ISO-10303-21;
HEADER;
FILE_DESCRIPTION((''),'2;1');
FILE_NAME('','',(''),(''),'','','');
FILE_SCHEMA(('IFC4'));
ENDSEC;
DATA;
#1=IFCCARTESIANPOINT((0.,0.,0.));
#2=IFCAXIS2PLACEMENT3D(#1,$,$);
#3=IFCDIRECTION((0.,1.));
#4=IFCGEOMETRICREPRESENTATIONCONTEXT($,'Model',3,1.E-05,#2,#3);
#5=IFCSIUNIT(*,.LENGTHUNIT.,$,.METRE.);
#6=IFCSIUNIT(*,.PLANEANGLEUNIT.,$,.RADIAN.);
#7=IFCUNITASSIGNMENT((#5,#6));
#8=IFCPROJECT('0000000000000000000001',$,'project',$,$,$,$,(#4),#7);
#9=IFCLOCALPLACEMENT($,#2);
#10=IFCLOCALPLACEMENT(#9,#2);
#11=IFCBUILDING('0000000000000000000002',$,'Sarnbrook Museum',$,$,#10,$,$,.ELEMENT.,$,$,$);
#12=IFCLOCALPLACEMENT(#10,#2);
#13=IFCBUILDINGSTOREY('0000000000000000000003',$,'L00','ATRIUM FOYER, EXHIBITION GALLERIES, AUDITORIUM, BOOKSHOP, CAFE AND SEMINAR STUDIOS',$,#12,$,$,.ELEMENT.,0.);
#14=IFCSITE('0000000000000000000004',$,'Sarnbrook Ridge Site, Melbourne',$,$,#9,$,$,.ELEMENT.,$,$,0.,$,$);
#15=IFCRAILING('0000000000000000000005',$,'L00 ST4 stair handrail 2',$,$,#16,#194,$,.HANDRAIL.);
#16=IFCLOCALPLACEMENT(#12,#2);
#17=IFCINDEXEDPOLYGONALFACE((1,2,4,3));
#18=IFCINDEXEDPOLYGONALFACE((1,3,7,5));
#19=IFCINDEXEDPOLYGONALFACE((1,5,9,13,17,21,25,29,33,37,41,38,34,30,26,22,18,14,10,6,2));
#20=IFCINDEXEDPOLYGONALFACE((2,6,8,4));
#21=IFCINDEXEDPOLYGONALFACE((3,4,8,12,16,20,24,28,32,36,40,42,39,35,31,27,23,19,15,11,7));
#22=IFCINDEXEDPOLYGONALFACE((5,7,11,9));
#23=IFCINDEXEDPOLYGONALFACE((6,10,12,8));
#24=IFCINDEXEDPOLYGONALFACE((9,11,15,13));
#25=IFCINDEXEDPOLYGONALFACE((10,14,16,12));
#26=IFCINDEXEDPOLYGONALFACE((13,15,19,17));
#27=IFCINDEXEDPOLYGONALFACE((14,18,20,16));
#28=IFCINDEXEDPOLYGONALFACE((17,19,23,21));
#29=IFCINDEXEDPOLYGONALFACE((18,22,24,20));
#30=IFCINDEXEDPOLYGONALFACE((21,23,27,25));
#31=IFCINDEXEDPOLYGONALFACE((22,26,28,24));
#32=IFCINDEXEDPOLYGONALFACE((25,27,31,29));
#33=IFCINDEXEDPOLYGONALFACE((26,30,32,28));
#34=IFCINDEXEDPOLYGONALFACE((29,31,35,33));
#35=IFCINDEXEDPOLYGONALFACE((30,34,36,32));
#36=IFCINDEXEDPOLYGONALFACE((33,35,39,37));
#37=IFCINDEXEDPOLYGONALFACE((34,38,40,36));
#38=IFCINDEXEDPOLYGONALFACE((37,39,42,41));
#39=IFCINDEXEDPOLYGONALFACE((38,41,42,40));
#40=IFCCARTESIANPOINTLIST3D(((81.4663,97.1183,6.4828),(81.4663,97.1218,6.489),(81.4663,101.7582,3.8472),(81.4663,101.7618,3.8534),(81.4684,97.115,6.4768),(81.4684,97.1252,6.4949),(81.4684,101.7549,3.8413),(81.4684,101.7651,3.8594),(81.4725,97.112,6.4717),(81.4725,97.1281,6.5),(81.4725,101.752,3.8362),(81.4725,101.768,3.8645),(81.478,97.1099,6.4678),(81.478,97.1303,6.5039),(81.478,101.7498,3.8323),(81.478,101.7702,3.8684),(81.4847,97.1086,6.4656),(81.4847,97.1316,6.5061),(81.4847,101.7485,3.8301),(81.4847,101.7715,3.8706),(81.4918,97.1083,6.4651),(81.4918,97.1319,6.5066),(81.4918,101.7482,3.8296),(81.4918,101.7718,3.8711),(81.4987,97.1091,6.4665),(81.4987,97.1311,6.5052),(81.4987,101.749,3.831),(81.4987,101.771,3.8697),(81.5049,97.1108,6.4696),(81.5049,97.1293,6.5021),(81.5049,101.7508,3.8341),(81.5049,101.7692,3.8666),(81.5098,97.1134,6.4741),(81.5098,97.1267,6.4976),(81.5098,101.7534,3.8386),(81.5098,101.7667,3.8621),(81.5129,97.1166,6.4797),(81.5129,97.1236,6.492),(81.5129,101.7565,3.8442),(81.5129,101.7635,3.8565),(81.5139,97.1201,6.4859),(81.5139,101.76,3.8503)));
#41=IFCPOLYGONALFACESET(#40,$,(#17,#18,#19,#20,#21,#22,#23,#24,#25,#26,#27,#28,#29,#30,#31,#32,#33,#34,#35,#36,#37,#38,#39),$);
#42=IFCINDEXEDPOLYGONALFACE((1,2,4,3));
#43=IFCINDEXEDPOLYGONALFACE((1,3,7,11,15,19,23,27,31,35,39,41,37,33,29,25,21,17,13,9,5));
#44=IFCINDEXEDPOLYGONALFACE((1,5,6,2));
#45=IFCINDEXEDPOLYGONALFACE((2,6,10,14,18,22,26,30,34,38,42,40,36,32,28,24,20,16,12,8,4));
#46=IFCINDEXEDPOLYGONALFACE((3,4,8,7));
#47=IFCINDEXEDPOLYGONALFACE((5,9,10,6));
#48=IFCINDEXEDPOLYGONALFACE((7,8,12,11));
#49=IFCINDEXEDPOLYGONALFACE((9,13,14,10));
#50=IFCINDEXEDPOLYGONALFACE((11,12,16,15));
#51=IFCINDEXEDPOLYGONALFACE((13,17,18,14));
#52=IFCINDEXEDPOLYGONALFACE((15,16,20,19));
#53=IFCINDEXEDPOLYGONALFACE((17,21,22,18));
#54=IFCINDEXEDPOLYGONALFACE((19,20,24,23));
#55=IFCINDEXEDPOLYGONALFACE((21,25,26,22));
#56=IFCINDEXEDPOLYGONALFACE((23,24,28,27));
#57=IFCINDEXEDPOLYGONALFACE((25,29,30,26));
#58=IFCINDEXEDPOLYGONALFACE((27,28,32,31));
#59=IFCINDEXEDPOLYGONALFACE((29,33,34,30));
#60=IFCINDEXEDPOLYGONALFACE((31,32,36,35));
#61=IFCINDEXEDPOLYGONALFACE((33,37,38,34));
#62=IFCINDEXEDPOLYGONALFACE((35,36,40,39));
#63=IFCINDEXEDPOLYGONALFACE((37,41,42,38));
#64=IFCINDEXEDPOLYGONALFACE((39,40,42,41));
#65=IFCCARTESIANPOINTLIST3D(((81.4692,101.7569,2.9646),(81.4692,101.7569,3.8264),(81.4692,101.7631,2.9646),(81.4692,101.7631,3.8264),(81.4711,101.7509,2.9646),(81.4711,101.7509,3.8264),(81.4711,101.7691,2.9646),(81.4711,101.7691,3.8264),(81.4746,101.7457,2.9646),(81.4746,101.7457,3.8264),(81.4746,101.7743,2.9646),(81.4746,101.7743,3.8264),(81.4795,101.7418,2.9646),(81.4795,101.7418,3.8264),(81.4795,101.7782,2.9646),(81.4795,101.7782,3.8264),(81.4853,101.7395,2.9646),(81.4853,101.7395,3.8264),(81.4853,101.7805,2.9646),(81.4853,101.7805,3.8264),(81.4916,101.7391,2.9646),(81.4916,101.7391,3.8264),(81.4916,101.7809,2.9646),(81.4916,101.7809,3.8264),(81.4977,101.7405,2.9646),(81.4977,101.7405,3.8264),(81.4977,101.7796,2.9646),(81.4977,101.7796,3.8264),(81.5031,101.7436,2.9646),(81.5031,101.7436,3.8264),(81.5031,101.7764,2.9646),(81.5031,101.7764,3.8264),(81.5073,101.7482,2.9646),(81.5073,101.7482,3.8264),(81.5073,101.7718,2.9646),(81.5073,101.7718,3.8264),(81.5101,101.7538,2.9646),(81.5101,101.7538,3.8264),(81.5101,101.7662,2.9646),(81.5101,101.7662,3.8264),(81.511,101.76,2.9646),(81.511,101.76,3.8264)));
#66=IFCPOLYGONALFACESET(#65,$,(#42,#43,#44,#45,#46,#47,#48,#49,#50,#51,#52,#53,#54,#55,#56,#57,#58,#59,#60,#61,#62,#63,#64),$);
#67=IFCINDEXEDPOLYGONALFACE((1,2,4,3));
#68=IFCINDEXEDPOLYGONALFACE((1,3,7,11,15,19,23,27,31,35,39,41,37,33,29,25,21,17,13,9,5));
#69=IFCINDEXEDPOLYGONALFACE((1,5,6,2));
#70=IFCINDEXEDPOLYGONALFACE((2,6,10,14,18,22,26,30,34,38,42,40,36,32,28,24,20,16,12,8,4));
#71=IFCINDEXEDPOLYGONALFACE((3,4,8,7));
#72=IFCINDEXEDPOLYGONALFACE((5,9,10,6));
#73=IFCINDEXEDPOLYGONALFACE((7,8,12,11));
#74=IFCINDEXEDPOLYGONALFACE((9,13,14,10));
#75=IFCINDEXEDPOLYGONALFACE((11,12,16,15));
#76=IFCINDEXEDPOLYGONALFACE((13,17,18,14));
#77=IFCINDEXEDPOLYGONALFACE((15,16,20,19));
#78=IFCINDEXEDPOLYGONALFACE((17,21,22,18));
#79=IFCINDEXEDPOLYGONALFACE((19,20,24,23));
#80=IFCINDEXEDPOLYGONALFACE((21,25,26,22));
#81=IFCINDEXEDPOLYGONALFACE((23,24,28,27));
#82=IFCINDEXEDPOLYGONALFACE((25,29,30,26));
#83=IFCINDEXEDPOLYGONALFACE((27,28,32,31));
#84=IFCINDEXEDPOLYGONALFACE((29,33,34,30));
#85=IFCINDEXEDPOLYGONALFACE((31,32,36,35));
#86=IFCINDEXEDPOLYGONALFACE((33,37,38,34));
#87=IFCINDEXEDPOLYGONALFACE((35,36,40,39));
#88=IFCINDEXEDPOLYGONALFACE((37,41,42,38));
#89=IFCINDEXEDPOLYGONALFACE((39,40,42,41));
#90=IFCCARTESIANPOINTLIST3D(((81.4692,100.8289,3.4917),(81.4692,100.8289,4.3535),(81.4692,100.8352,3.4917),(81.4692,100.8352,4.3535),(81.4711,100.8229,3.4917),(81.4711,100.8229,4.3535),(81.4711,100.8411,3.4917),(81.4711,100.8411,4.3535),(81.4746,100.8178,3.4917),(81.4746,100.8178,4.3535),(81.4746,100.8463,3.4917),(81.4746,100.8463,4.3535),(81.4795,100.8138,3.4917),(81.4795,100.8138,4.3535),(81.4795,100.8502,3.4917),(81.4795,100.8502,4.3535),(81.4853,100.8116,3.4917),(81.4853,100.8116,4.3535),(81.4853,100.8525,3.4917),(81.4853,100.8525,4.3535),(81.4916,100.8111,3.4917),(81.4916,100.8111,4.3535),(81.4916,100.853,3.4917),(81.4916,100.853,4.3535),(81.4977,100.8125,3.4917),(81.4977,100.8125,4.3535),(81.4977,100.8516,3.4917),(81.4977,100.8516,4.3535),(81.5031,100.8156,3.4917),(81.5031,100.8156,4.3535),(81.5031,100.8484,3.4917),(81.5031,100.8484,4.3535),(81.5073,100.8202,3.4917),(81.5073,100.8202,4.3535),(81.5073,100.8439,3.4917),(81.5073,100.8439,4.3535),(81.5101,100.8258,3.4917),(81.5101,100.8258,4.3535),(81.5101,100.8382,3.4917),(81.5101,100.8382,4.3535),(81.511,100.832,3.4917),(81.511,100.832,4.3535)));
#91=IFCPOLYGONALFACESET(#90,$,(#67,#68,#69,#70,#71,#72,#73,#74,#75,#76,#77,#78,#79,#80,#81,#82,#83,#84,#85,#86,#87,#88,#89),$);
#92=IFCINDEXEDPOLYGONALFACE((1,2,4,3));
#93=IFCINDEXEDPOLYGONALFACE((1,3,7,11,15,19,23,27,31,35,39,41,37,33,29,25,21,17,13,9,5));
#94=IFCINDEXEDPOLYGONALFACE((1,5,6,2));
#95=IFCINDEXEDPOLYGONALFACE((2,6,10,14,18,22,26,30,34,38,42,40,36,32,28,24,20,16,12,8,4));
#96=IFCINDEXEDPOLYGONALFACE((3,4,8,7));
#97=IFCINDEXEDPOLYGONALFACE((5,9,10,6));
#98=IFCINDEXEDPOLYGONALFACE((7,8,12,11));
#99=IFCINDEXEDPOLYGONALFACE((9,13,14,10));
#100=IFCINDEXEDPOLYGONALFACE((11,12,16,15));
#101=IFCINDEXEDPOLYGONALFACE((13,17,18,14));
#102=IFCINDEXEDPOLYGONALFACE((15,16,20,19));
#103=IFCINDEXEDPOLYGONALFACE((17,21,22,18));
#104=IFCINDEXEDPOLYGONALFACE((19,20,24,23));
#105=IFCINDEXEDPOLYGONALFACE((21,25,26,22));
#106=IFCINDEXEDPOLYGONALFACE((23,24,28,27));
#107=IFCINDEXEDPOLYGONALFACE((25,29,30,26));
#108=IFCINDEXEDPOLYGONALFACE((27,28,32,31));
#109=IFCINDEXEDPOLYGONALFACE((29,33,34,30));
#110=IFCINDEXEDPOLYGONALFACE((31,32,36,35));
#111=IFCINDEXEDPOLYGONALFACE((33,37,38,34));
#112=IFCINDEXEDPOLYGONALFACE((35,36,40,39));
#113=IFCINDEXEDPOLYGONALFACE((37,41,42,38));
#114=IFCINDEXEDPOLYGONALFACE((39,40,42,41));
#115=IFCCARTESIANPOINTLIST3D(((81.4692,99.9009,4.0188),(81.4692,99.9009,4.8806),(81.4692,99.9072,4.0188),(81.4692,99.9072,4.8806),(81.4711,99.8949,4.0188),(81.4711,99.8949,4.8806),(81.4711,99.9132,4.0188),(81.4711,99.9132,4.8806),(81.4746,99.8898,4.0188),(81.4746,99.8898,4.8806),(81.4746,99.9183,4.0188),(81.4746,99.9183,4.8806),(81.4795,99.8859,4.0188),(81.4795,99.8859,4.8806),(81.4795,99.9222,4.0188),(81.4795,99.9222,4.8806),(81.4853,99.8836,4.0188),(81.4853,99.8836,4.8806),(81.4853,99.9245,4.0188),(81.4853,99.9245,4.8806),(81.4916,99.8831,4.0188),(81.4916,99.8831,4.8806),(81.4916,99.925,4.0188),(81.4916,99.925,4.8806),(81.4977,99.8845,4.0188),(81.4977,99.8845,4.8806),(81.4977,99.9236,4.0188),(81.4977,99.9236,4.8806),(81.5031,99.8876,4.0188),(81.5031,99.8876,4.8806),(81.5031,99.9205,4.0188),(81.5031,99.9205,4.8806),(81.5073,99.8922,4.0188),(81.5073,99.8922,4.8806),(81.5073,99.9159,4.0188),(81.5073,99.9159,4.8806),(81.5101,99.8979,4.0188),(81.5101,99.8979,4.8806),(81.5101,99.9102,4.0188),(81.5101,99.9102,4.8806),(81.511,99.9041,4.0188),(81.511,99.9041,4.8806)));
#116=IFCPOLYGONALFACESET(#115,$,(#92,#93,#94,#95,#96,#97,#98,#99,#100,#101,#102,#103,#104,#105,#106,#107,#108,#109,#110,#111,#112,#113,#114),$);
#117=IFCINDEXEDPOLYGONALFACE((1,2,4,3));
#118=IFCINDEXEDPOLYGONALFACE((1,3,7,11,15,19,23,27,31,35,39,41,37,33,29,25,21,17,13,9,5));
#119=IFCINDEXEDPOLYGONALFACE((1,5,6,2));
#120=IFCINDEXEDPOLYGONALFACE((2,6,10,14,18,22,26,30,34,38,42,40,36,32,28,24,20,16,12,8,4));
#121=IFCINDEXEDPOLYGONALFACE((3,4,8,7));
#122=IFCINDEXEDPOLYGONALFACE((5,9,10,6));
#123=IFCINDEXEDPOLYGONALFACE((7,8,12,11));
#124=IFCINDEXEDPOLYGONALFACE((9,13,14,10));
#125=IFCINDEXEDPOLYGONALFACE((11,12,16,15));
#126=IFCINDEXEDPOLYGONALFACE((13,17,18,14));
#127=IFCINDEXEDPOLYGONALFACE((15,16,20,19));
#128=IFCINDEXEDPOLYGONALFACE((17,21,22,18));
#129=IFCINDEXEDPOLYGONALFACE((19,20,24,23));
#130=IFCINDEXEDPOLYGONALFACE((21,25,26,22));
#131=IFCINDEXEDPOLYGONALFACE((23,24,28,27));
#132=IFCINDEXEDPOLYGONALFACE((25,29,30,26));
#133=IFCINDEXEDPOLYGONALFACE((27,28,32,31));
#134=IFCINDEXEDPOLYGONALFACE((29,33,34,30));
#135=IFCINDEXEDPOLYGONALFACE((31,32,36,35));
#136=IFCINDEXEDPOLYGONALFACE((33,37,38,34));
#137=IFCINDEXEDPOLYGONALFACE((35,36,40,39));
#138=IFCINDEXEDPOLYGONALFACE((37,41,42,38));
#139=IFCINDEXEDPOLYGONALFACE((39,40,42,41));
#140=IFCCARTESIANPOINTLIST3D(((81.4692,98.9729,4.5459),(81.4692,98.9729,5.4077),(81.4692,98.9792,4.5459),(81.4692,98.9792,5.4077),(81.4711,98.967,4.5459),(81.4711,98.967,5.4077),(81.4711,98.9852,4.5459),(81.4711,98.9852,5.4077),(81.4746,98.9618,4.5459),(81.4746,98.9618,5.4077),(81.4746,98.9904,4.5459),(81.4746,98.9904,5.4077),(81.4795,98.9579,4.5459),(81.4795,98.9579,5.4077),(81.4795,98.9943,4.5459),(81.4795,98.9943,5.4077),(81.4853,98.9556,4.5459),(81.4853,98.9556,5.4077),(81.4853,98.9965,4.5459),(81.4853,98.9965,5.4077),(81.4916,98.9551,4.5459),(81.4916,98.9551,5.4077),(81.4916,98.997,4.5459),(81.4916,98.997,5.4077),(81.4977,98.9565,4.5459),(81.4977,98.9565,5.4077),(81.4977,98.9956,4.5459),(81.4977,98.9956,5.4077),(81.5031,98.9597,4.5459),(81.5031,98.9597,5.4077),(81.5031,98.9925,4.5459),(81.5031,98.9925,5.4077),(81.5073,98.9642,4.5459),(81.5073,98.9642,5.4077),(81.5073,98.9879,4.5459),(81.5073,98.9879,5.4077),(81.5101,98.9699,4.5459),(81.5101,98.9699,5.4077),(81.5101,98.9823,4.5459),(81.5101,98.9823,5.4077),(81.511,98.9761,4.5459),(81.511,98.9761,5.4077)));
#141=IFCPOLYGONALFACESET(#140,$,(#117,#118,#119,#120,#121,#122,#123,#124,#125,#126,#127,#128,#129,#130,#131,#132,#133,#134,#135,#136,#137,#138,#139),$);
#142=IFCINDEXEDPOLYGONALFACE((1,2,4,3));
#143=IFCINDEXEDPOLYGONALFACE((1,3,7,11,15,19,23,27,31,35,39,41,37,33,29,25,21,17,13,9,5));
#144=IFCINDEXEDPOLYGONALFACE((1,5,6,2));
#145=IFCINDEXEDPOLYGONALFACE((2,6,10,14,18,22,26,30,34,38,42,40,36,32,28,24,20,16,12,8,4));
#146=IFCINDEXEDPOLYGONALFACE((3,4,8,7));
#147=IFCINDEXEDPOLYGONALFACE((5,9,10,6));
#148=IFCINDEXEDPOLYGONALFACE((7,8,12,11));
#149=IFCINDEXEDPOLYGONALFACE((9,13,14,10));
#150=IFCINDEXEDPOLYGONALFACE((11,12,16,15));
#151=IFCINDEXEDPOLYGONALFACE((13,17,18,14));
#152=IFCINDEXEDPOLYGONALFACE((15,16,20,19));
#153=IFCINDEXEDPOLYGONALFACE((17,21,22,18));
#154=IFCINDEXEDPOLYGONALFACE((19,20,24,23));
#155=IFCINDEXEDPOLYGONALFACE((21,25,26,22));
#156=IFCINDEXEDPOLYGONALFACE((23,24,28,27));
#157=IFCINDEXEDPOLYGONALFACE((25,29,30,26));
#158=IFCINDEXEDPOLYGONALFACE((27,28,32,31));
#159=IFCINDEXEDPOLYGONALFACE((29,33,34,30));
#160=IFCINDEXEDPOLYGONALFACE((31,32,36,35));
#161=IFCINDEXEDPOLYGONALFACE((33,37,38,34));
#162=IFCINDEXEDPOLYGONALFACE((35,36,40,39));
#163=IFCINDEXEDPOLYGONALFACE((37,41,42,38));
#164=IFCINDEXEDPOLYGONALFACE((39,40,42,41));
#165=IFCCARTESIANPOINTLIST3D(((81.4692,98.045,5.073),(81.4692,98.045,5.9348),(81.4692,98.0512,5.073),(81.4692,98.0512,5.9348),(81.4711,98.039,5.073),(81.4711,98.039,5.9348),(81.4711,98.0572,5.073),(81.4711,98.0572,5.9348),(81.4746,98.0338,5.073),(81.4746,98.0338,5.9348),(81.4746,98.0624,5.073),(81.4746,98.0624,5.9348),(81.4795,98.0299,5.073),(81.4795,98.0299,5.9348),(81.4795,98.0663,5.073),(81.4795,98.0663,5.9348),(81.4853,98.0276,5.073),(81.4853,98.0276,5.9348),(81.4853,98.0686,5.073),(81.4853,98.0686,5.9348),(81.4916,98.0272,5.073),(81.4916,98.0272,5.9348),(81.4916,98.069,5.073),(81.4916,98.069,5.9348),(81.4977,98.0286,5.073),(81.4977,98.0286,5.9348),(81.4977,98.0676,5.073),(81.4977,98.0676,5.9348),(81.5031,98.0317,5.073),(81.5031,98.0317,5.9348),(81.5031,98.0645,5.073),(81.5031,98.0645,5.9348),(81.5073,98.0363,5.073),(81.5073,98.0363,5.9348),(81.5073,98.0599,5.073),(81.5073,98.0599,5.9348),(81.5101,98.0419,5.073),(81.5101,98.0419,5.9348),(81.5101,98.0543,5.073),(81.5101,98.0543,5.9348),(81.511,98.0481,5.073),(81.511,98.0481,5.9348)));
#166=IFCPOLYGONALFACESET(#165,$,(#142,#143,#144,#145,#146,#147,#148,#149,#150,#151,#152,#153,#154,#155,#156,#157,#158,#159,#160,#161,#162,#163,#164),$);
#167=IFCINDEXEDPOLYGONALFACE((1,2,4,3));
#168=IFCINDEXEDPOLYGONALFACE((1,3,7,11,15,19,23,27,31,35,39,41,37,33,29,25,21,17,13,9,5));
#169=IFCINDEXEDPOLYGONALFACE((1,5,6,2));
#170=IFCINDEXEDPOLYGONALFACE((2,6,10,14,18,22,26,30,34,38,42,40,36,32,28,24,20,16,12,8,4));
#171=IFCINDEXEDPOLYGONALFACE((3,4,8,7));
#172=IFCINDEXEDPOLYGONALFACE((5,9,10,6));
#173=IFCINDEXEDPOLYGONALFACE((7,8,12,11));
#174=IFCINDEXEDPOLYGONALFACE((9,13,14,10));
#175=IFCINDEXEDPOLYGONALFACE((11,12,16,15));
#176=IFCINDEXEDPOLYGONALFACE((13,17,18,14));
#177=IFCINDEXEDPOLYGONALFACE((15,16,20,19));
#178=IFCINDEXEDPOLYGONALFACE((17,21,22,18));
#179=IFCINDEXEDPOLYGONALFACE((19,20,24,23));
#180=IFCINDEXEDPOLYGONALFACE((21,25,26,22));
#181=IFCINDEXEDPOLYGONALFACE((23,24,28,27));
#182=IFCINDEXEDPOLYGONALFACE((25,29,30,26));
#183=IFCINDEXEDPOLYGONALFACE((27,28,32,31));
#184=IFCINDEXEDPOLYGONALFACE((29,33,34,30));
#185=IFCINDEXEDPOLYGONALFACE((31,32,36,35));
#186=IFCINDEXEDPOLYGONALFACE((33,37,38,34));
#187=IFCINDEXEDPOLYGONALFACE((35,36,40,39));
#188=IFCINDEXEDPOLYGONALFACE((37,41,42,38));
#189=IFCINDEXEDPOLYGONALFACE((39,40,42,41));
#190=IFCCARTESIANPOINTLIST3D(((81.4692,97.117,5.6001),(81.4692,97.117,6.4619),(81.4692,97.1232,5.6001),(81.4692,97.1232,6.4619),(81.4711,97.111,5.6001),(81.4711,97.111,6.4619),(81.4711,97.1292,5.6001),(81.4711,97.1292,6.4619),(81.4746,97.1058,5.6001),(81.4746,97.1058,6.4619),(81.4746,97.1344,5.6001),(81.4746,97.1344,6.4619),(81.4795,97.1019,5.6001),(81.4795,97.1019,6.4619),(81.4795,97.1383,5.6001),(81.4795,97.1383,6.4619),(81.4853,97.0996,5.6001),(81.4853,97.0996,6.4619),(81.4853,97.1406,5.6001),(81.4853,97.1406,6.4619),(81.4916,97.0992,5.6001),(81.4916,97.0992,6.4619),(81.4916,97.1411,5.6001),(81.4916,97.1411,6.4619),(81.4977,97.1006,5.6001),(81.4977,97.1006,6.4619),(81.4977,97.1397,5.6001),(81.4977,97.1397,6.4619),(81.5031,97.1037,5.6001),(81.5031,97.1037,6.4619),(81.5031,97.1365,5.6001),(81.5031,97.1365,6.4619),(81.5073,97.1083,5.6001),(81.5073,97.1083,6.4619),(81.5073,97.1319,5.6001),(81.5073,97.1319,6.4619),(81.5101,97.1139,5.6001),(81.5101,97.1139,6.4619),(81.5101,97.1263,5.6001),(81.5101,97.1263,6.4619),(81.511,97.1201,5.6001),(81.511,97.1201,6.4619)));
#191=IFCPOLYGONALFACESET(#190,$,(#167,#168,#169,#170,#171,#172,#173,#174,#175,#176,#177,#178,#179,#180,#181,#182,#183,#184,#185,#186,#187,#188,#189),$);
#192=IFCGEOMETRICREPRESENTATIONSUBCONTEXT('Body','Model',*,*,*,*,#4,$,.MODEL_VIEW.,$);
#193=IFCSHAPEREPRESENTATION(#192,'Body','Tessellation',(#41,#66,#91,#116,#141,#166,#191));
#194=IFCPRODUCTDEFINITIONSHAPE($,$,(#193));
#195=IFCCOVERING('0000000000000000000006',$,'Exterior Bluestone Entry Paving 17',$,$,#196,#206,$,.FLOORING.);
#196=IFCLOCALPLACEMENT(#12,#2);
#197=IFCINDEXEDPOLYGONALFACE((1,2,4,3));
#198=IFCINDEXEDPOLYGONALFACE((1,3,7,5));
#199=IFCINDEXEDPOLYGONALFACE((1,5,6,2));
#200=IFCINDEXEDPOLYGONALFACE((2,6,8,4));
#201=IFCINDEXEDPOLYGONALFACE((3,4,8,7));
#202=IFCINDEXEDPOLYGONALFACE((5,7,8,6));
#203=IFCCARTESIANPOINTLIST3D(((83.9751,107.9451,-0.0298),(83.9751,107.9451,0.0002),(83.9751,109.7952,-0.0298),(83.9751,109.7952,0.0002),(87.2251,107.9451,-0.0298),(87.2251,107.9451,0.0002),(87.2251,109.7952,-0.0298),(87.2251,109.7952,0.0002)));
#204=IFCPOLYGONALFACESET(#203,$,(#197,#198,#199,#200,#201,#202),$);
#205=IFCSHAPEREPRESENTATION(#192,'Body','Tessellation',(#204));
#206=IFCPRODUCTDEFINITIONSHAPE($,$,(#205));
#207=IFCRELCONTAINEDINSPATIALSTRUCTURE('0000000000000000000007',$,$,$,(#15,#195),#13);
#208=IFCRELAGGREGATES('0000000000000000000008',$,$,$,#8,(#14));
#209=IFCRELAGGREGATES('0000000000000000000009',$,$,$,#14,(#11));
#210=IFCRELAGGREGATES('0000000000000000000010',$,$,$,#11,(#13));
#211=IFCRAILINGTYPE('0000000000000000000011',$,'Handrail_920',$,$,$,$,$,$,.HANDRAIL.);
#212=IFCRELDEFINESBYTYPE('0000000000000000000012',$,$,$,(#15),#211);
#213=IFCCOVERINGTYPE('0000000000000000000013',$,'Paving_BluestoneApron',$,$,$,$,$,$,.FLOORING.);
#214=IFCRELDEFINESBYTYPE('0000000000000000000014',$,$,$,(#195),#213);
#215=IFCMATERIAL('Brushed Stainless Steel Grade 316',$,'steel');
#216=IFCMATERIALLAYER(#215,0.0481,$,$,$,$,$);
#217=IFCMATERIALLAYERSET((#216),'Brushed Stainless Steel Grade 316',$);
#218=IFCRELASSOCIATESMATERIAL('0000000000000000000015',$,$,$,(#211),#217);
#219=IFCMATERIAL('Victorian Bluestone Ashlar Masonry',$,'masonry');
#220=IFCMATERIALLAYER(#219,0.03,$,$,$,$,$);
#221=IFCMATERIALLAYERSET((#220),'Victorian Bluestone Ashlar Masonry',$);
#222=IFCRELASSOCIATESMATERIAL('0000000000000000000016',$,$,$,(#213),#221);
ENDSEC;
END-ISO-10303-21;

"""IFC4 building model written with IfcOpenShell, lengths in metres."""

from ifc_helpers import new_model, si_unit, direction, frame, origin, origin_2d, place, context, subcontext, project, spatial, rectangle, circle, extrude, material, layer, layer_set, type_object, element, save


model = new_model("IFC4")

# Units and contexts
model_context = context("Model", 3, precision=1e-05, world=origin(), true_north=direction((0.0, 1.0)))
body_context = subcontext(model_context, "Body", "Model", "MODEL_VIEW")
ifc_project = project(units=[si_unit("LENGTHUNIT", "METRE"), si_unit("PLANEANGLEUNIT", "RADIAN")], contexts=[model_context])

# Site, building, storey
site_placement = place(None, origin())
site = spatial("IfcSite", under=ifc_project, at=site_placement, Name="Sarnbrook Ridge Site, Melbourne", CompositionType="ELEMENT", RefElevation=0.0)
building_placement = place(site_placement, origin())
building = spatial("IfcBuilding", under=site, at=building_placement, Name="Sarnbrook Museum", CompositionType="ELEMENT")
storey_placement = place(building_placement, origin())
storey = spatial("IfcBuildingStorey", under=building, at=storey_placement, Name="L00", Description="ATRIUM FOYER, EXHIBITION GALLERIES, AUDITORIUM, BOOKSHOP, CAFE AND SEMINAR STUDIOS", CompositionType="ELEMENT", Elevation=0.0)

# Shared definitions
ifc_material_1 = material(Name="Brushed Stainless Steel Grade 316", Category="steel")

# Railing
ifc_layer_1 = layer(ifc_material_1, 0.0481)
ifc_layer_set_1 = layer_set([ifc_layer_1], Name="Brushed Stainless Steel Grade 316")
railing_type_1 = type_object("IfcRailingType", Name="Handrail_920", PredefinedType="HANDRAIL", material=ifc_layer_set_1)
railing_1_placement = place(storey_placement, frame((81.49, 101.76, 2.9646)))
element("IfcRailing", 1, at=railing_1_placement, inside=storey, type_object=railing_type_1, Name="L00 ST4 stair handrail 2", PredefinedType="HANDRAIL", context=body_context, shape_type="SweptSolid", body=[
    extrude(circle(Radius=0.0239, at=origin_2d()), frame((0.0, 0.0, 0.8857), z_axis=(0.0, -0.869521, 0.493895), x_axis=(1.0, 0.0, 0.0)), (0.0, 0.0, 1.0), 5.3362),
    extrude(circle(Radius=0.021, at=origin_2d()), origin(), (0.0, 0.0, 1.0), 0.8618),
    extrude(circle(Radius=0.021, at=origin_2d()), frame((0.0, -0.928, 0.5271)), (0.0, 0.0, 1.0), 0.8618),
    extrude(circle(Radius=0.021, at=origin_2d()), frame((0.0, -1.856, 1.0542)), (0.0, 0.0, 1.0), 0.8618),
    extrude(circle(Radius=0.021, at=origin_2d()), frame((0.0, -2.7839, 1.5813)), (0.0, 0.0, 1.0), 0.8618),
    extrude(circle(Radius=0.021, at=origin_2d()), frame((0.0, -3.7119, 2.1084)), (0.0, 0.0, 1.0), 0.8618),
    extrude(circle(Radius=0.021, at=origin_2d()), frame((0.0, -4.6399, 2.6355)), (0.0, 0.0, 1.0), 0.8618),
])

# Covering
ifc_material_2 = material(Name="Victorian Bluestone Ashlar Masonry", Category="masonry")
ifc_layer_2 = layer(ifc_material_2, 0.03)
ifc_layer_set_2 = layer_set([ifc_layer_2], Name="Victorian Bluestone Ashlar Masonry")
covering_type = type_object("IfcCoveringType", Name="Paving_BluestoneApron", PredefinedType="FLOORING", material=ifc_layer_set_2)
covering_1_placement = place(storey_placement, frame((85.6001, 108.8701, -0.0298), z_axis=(0.0, 0.0, 1.0), x_axis=(1.0, 0.0, 0.0)))
element("IfcCovering", 2, at=covering_1_placement, inside=storey, type_object=covering_type, Name="Exterior Bluestone Entry Paving 17", PredefinedType="FLOORING", context=body_context, shape_type="SweptSolid", body=[
    extrude(rectangle(XDim=3.25, YDim=1.8501, at=origin_2d()), origin(), (0.0, 0.0, 1.0), 0.03),
])

save(model, "model.ifc")
